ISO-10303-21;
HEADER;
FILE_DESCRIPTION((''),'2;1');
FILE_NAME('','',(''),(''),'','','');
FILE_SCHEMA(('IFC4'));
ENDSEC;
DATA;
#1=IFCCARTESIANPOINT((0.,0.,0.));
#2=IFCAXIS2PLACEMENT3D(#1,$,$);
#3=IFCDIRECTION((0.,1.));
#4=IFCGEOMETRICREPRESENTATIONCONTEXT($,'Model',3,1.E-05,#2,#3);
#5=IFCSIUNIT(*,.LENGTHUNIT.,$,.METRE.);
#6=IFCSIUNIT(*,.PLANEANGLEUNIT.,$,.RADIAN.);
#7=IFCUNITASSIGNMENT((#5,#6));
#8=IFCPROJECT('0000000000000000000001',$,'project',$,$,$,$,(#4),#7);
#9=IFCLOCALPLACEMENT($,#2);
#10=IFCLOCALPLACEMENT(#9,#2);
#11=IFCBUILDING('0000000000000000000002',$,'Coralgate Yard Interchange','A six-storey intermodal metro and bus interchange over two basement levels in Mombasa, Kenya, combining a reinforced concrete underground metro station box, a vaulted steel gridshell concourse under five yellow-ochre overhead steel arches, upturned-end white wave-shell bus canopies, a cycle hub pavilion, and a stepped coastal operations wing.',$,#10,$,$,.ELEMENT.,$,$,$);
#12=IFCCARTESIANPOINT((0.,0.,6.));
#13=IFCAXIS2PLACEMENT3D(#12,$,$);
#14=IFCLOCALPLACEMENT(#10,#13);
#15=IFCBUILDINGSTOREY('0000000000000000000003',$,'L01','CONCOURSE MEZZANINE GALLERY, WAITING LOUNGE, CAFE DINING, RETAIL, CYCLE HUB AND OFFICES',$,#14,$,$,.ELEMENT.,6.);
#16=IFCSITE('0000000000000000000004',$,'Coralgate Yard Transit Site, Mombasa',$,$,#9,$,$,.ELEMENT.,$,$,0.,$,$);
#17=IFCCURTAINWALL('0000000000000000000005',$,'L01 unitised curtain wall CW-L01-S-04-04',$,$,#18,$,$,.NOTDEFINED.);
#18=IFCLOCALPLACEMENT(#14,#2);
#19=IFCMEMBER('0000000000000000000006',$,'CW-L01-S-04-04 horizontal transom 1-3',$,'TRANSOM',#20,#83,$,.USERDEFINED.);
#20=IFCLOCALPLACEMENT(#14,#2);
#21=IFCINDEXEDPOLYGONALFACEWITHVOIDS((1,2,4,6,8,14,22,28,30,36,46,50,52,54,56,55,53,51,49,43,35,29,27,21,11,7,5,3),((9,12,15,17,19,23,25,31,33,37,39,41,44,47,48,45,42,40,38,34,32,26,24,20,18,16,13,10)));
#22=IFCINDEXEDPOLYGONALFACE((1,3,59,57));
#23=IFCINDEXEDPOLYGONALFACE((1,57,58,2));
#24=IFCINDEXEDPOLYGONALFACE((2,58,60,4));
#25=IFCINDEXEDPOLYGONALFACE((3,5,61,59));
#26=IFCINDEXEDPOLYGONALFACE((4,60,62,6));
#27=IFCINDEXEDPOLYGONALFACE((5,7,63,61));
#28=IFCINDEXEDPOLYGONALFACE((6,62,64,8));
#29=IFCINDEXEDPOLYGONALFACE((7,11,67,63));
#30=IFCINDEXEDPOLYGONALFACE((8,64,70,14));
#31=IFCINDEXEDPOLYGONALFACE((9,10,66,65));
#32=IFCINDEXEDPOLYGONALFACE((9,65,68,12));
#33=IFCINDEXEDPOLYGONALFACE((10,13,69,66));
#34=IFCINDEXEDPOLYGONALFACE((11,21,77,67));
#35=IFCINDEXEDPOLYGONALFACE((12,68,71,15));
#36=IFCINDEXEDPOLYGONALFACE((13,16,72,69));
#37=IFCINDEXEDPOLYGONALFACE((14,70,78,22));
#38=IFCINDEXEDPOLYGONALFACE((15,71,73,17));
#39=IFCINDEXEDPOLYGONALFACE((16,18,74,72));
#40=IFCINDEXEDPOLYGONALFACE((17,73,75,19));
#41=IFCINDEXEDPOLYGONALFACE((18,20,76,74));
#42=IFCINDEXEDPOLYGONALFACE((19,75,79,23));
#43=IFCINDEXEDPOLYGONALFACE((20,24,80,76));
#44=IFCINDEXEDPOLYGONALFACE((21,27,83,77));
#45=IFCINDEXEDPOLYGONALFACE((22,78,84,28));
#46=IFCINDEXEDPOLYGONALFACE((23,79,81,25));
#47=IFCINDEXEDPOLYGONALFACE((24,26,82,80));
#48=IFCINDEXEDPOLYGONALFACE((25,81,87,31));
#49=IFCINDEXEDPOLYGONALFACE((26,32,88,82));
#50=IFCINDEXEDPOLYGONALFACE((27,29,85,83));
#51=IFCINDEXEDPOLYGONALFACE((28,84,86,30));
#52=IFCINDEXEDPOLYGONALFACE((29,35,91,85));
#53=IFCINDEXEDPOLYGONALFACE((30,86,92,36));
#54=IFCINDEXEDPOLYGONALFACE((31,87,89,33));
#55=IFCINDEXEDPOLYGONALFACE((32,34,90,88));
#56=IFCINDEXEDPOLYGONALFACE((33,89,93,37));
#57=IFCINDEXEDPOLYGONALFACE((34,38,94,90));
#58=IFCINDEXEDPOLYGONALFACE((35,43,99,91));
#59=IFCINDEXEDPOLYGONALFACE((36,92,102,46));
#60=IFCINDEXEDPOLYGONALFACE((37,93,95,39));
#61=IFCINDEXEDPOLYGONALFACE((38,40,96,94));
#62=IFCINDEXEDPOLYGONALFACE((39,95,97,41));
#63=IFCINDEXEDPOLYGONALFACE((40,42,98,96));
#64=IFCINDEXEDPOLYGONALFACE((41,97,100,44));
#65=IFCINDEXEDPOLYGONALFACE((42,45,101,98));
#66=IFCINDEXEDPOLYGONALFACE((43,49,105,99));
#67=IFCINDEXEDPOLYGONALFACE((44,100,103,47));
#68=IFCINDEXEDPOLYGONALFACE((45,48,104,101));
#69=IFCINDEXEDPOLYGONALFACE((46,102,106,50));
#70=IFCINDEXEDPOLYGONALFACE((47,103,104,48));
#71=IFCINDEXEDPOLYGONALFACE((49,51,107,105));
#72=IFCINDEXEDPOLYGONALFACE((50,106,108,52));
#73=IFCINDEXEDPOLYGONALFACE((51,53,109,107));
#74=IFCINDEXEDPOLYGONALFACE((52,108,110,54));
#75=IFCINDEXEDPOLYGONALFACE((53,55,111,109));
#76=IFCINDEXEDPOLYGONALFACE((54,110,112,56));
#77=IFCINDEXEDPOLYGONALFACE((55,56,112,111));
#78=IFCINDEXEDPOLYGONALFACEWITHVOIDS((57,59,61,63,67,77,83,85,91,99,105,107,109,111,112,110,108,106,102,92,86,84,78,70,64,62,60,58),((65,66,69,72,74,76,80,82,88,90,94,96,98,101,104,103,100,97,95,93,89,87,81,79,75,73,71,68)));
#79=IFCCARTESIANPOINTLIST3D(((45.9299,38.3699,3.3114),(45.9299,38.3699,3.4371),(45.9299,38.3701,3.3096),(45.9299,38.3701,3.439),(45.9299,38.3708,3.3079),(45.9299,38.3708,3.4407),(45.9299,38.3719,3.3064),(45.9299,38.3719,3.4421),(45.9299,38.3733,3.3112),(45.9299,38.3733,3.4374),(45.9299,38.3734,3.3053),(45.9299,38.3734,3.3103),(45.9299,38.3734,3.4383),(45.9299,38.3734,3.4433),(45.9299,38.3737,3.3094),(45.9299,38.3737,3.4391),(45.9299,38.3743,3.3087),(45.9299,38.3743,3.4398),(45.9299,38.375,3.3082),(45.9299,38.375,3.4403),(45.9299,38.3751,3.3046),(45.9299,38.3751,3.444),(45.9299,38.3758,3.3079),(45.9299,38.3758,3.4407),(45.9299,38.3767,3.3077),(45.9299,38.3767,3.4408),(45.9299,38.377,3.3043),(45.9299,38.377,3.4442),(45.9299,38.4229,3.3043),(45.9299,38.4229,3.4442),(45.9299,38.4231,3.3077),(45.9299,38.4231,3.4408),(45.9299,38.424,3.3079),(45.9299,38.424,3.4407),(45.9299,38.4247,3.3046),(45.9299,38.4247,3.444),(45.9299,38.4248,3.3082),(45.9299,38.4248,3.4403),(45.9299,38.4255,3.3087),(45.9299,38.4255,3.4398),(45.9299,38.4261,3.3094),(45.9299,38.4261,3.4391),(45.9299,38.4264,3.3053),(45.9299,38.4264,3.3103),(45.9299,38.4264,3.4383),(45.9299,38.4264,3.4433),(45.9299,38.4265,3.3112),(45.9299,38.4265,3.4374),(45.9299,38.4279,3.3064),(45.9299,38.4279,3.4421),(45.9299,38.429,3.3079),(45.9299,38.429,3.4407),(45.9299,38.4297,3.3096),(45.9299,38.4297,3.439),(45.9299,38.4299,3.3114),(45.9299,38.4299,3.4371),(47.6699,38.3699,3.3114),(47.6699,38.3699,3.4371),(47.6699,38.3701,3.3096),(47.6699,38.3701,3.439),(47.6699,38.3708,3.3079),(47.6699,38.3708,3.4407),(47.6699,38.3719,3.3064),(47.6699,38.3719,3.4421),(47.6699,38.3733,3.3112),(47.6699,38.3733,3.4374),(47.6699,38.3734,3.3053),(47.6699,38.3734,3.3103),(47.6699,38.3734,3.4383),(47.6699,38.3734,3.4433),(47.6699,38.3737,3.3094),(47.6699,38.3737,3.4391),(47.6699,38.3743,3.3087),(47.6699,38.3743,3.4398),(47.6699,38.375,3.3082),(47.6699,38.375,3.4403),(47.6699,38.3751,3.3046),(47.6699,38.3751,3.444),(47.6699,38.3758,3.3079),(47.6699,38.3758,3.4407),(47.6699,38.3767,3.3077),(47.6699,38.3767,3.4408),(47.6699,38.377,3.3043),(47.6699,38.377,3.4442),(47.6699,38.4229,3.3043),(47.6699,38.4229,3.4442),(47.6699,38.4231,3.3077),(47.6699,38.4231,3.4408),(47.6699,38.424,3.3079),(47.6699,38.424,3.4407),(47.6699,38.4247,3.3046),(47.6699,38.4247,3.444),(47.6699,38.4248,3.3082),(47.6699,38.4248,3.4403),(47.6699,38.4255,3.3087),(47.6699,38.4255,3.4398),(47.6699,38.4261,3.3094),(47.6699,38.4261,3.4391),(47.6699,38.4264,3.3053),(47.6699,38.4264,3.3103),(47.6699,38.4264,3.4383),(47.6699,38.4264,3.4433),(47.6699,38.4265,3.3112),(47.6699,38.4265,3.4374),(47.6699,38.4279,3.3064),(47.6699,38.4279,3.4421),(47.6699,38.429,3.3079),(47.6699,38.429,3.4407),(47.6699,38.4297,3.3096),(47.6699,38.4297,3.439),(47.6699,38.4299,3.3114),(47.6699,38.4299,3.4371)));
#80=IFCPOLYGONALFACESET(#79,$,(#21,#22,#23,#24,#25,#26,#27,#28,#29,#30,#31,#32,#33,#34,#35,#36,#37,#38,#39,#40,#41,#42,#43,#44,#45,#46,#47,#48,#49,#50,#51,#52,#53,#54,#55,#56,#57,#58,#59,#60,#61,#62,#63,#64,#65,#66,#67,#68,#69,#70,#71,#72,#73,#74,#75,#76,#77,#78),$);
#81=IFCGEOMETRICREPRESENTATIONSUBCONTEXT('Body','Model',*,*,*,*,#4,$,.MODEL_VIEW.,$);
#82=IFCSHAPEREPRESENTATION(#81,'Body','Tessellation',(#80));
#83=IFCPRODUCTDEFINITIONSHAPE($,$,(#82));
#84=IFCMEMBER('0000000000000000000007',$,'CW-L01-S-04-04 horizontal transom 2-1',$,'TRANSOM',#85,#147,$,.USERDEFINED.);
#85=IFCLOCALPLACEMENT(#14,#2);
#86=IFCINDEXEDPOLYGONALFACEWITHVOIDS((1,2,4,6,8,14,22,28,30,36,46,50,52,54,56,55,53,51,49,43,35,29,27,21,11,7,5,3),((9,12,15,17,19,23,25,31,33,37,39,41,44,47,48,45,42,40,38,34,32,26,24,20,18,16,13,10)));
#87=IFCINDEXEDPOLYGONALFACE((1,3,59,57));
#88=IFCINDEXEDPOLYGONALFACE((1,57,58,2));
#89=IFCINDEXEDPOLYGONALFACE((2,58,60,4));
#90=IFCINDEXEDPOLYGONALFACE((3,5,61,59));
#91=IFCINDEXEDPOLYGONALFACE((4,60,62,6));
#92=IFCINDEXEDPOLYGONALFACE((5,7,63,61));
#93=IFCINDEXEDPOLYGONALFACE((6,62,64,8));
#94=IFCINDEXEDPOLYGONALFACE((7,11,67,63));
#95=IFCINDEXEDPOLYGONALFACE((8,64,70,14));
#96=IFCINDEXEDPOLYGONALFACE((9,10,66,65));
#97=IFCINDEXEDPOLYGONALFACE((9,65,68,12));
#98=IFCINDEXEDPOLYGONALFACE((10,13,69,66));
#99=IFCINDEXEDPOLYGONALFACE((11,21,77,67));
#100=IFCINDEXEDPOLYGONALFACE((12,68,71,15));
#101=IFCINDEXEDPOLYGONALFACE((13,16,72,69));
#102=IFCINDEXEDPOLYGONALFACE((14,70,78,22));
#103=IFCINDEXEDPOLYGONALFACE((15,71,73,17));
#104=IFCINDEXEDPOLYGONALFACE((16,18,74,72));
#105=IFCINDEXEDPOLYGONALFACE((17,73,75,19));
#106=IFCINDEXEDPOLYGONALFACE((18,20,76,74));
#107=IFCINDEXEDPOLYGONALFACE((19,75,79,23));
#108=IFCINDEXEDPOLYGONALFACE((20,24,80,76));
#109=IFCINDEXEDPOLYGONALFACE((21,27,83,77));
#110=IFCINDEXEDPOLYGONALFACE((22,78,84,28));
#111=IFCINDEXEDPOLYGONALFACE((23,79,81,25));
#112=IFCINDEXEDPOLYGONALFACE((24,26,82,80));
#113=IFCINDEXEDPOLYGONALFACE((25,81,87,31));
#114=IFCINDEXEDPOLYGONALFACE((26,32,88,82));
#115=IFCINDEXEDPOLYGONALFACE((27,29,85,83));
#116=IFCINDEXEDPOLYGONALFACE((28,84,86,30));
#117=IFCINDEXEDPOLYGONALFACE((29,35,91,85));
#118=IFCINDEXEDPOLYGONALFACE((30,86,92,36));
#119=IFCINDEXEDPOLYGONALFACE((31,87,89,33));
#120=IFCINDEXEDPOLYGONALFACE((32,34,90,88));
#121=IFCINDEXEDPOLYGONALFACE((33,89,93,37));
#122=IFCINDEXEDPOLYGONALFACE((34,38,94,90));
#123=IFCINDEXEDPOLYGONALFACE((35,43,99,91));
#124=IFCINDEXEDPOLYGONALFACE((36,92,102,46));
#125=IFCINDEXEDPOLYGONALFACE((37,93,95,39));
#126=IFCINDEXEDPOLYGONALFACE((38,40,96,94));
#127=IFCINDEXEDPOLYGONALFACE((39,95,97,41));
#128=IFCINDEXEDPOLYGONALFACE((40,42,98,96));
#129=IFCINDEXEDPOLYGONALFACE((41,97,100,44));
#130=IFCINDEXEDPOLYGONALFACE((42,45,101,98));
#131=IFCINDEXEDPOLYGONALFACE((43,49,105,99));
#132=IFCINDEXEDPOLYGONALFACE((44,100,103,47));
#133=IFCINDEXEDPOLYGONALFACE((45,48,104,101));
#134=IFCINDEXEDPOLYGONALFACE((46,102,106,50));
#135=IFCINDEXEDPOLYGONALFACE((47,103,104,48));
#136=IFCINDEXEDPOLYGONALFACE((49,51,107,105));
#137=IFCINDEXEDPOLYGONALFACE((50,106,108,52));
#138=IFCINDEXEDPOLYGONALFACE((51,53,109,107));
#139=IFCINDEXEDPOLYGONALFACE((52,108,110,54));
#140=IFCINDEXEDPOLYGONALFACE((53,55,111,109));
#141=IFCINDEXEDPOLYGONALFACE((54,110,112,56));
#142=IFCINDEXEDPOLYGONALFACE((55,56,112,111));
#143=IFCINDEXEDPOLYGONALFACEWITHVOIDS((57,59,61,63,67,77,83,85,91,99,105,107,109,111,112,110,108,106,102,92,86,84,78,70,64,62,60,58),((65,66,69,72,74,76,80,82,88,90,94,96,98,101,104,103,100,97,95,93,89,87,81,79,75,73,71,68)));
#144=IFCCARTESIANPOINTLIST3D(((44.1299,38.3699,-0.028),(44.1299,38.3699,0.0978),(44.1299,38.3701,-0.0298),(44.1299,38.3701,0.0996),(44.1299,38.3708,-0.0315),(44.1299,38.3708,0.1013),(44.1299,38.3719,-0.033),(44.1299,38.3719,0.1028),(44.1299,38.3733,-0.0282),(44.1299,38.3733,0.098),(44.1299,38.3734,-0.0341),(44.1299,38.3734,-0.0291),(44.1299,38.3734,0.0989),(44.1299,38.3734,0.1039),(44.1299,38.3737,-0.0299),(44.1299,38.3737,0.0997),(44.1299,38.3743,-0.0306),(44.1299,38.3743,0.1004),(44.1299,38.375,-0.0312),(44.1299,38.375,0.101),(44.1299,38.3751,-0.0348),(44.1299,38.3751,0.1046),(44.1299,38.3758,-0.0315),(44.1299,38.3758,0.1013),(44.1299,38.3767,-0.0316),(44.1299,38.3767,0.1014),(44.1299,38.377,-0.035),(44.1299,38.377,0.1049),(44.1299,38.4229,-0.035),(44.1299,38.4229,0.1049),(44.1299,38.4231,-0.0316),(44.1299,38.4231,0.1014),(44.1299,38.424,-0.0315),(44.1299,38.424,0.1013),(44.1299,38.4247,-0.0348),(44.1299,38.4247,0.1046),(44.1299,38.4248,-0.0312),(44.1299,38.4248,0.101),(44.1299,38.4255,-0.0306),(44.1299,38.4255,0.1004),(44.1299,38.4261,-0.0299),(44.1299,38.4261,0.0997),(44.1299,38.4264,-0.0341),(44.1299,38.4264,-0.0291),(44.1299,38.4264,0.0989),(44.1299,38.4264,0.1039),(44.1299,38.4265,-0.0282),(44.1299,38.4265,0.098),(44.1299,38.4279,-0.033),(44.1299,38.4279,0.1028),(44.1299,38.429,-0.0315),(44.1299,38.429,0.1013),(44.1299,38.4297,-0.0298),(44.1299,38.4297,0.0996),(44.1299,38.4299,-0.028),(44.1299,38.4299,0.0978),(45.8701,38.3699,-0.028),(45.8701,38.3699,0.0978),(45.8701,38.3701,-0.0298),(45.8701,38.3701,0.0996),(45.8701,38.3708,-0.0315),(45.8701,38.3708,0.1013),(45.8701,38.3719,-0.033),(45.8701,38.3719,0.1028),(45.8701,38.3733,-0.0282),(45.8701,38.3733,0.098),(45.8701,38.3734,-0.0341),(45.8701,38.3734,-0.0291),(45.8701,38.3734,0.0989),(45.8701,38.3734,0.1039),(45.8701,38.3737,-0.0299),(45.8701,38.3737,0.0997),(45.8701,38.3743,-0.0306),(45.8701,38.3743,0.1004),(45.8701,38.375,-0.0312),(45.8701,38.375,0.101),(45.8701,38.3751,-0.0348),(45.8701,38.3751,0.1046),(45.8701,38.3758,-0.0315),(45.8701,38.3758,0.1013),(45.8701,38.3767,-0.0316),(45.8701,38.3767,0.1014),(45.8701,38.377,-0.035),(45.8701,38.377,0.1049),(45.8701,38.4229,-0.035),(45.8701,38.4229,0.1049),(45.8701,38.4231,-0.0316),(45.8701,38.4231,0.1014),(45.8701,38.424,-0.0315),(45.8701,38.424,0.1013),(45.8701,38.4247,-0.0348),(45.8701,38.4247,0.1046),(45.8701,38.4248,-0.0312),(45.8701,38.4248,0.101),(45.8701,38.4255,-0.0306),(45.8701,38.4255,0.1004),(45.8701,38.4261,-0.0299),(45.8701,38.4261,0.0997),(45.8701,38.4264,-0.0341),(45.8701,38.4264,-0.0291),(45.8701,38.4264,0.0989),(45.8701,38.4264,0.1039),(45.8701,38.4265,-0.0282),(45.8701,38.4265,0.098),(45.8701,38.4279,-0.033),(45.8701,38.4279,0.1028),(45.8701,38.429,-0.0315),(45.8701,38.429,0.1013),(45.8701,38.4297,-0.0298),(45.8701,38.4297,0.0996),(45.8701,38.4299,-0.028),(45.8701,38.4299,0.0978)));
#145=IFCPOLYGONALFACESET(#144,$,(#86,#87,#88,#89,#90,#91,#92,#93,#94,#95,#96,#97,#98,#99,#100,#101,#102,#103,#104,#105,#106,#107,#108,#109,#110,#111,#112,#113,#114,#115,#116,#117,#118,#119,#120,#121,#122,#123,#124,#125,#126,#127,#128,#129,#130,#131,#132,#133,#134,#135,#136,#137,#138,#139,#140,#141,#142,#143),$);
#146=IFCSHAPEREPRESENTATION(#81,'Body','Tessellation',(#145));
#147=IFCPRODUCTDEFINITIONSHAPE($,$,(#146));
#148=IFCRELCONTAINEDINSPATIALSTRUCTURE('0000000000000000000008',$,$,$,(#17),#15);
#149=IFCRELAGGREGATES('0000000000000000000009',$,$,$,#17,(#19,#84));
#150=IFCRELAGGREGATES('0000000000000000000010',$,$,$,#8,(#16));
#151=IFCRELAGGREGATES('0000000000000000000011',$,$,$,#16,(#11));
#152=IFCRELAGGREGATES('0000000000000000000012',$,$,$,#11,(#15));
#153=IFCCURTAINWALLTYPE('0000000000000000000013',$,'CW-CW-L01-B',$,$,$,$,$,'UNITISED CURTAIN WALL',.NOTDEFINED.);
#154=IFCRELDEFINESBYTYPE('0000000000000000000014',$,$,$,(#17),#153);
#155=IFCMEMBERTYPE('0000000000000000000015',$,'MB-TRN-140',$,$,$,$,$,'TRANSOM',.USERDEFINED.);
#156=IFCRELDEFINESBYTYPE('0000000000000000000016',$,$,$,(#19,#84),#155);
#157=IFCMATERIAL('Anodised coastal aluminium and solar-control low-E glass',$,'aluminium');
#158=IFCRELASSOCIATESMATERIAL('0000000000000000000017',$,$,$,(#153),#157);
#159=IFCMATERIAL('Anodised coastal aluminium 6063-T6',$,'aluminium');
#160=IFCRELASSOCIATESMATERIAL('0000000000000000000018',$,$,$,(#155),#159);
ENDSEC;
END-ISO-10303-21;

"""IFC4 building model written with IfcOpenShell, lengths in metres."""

from ifc_helpers import new_model, si_unit, direction, frame, origin, origin_2d, place, context, subcontext, project, spatial, hollow_rectangle, extrude, material, material_profile, profile_set, type_object, element, aggregate, save


model = new_model("IFC4")

# Units and contexts
model_context = context("Model", 3, precision=1e-05, world=origin(), true_north=direction((0.0, 1.0)))
body_context = subcontext(model_context, "Body", "Model", "MODEL_VIEW")
ifc_project = project(units=[si_unit("LENGTHUNIT", "METRE"), si_unit("PLANEANGLEUNIT", "RADIAN")], contexts=[model_context])

# Site, building, storey
site_placement = place(None, origin())
site = spatial("IfcSite", under=ifc_project, at=site_placement, Name="Coralgate Yard Transit Site, Mombasa", CompositionType="ELEMENT", RefElevation=0.0)
building_placement = place(site_placement, origin())
building = spatial("IfcBuilding", under=site, at=building_placement, Name="Coralgate Yard Interchange", Description="A six-storey intermodal metro and bus interchange over two basement levels in Mombasa, Kenya, combining a reinforced concrete underground metro station box, a vaulted steel gridshell concourse under five yellow-ochre overhead steel arches, upturned-end white wave-shell bus canopies, a cycle hub pavilion, and a stepped coastal operations wing.", CompositionType="ELEMENT")
storey_placement = place(building_placement, frame((0.0, 0.0, 6.0)))
storey = spatial("IfcBuildingStorey", under=building, at=storey_placement, Name="L01", Description="CONCOURSE MEZZANINE GALLERY, WAITING LOUNGE, CAFE DINING, RETAIL, CYCLE HUB AND OFFICES", CompositionType="ELEMENT", Elevation=6.0)

# Curtain wall
ifc_material_1 = material(Name="Anodised coastal aluminium and solar-control low-E glass", Category="aluminium")
curtain_wall_type = type_object("IfcCurtainWallType", Name="CW-CW-L01-B", ElementType="UNITISED CURTAIN WALL", PredefinedType="NOTDEFINED", material=ifc_material_1)
curtain_wall_1_placement = place(storey_placement, origin())
curtain_wall_1 = element("IfcCurtainWall", 1, at=curtain_wall_1_placement, inside=storey, type_object=curtain_wall_type, Name="L01 unitised curtain wall CW-L01-S-04-04", PredefinedType="NOTDEFINED")
ifc_material_2 = material(Name="Anodised coastal aluminium 6063-T6", Category="aluminium")

# Members
ifc_material_profile_1 = material_profile(ifc_material_2, hollow_rectangle(XDim=0.0601, YDim=0.1399, WallThickness=0.0034, InnerFilletRadius=0.0034, OuterFilletRadius=0.0071, at=origin_2d()), Name="ALU 60x140x3.5")
ifc_profile_set_1 = profile_set([ifc_material_profile_1], Name="Anodised coastal aluminium 6063-T6")
member_type_1 = type_object("IfcMemberType", Name="MB-TRN-140", ElementType="TRANSOM", PredefinedType="USERDEFINED", material=ifc_profile_set_1)
member_1_placement = place(storey_placement, frame((47.6699, 38.3999, 3.3743), z_axis=(-1.0, 0.0, 0.0), x_axis=(0.0, -1.0, 0.0)))
member_1 = element("IfcMember", 2, at=member_1_placement, type_object=member_type_1, Name="CW-L01-S-04-04 horizontal transom 1-3", ObjectType="TRANSOM", PredefinedType="USERDEFINED", context=body_context, shape_type="SweptSolid", body=[
    extrude(hollow_rectangle(XDim=0.0601, YDim=0.1399, WallThickness=0.0034, InnerFilletRadius=0.0034, OuterFilletRadius=0.0071, at=origin_2d()), origin(), (0.0, 0.0, 1.0), 1.74),
])
member_2_placement = place(storey_placement, frame((45.8701, 38.3999, 0.0349), z_axis=(-1.0, 0.0, 0.0), x_axis=(0.0, -1.0, 0.0)))
member_2 = element("IfcMember", 3, at=member_2_placement, type_object=member_type_1, Name="CW-L01-S-04-04 horizontal transom 2-1", ObjectType="TRANSOM", PredefinedType="USERDEFINED", context=body_context, shape_type="SweptSolid", body=[
    extrude(hollow_rectangle(XDim=0.0601, YDim=0.1399, WallThickness=0.0034, InnerFilletRadius=0.0034, OuterFilletRadius=0.0071, at=origin_2d()), origin(), (0.0, 0.0, 1.0), 1.7402),
])

aggregate(curtain_wall_1, [member_1, member_2])

save(model, "model.ifc")
